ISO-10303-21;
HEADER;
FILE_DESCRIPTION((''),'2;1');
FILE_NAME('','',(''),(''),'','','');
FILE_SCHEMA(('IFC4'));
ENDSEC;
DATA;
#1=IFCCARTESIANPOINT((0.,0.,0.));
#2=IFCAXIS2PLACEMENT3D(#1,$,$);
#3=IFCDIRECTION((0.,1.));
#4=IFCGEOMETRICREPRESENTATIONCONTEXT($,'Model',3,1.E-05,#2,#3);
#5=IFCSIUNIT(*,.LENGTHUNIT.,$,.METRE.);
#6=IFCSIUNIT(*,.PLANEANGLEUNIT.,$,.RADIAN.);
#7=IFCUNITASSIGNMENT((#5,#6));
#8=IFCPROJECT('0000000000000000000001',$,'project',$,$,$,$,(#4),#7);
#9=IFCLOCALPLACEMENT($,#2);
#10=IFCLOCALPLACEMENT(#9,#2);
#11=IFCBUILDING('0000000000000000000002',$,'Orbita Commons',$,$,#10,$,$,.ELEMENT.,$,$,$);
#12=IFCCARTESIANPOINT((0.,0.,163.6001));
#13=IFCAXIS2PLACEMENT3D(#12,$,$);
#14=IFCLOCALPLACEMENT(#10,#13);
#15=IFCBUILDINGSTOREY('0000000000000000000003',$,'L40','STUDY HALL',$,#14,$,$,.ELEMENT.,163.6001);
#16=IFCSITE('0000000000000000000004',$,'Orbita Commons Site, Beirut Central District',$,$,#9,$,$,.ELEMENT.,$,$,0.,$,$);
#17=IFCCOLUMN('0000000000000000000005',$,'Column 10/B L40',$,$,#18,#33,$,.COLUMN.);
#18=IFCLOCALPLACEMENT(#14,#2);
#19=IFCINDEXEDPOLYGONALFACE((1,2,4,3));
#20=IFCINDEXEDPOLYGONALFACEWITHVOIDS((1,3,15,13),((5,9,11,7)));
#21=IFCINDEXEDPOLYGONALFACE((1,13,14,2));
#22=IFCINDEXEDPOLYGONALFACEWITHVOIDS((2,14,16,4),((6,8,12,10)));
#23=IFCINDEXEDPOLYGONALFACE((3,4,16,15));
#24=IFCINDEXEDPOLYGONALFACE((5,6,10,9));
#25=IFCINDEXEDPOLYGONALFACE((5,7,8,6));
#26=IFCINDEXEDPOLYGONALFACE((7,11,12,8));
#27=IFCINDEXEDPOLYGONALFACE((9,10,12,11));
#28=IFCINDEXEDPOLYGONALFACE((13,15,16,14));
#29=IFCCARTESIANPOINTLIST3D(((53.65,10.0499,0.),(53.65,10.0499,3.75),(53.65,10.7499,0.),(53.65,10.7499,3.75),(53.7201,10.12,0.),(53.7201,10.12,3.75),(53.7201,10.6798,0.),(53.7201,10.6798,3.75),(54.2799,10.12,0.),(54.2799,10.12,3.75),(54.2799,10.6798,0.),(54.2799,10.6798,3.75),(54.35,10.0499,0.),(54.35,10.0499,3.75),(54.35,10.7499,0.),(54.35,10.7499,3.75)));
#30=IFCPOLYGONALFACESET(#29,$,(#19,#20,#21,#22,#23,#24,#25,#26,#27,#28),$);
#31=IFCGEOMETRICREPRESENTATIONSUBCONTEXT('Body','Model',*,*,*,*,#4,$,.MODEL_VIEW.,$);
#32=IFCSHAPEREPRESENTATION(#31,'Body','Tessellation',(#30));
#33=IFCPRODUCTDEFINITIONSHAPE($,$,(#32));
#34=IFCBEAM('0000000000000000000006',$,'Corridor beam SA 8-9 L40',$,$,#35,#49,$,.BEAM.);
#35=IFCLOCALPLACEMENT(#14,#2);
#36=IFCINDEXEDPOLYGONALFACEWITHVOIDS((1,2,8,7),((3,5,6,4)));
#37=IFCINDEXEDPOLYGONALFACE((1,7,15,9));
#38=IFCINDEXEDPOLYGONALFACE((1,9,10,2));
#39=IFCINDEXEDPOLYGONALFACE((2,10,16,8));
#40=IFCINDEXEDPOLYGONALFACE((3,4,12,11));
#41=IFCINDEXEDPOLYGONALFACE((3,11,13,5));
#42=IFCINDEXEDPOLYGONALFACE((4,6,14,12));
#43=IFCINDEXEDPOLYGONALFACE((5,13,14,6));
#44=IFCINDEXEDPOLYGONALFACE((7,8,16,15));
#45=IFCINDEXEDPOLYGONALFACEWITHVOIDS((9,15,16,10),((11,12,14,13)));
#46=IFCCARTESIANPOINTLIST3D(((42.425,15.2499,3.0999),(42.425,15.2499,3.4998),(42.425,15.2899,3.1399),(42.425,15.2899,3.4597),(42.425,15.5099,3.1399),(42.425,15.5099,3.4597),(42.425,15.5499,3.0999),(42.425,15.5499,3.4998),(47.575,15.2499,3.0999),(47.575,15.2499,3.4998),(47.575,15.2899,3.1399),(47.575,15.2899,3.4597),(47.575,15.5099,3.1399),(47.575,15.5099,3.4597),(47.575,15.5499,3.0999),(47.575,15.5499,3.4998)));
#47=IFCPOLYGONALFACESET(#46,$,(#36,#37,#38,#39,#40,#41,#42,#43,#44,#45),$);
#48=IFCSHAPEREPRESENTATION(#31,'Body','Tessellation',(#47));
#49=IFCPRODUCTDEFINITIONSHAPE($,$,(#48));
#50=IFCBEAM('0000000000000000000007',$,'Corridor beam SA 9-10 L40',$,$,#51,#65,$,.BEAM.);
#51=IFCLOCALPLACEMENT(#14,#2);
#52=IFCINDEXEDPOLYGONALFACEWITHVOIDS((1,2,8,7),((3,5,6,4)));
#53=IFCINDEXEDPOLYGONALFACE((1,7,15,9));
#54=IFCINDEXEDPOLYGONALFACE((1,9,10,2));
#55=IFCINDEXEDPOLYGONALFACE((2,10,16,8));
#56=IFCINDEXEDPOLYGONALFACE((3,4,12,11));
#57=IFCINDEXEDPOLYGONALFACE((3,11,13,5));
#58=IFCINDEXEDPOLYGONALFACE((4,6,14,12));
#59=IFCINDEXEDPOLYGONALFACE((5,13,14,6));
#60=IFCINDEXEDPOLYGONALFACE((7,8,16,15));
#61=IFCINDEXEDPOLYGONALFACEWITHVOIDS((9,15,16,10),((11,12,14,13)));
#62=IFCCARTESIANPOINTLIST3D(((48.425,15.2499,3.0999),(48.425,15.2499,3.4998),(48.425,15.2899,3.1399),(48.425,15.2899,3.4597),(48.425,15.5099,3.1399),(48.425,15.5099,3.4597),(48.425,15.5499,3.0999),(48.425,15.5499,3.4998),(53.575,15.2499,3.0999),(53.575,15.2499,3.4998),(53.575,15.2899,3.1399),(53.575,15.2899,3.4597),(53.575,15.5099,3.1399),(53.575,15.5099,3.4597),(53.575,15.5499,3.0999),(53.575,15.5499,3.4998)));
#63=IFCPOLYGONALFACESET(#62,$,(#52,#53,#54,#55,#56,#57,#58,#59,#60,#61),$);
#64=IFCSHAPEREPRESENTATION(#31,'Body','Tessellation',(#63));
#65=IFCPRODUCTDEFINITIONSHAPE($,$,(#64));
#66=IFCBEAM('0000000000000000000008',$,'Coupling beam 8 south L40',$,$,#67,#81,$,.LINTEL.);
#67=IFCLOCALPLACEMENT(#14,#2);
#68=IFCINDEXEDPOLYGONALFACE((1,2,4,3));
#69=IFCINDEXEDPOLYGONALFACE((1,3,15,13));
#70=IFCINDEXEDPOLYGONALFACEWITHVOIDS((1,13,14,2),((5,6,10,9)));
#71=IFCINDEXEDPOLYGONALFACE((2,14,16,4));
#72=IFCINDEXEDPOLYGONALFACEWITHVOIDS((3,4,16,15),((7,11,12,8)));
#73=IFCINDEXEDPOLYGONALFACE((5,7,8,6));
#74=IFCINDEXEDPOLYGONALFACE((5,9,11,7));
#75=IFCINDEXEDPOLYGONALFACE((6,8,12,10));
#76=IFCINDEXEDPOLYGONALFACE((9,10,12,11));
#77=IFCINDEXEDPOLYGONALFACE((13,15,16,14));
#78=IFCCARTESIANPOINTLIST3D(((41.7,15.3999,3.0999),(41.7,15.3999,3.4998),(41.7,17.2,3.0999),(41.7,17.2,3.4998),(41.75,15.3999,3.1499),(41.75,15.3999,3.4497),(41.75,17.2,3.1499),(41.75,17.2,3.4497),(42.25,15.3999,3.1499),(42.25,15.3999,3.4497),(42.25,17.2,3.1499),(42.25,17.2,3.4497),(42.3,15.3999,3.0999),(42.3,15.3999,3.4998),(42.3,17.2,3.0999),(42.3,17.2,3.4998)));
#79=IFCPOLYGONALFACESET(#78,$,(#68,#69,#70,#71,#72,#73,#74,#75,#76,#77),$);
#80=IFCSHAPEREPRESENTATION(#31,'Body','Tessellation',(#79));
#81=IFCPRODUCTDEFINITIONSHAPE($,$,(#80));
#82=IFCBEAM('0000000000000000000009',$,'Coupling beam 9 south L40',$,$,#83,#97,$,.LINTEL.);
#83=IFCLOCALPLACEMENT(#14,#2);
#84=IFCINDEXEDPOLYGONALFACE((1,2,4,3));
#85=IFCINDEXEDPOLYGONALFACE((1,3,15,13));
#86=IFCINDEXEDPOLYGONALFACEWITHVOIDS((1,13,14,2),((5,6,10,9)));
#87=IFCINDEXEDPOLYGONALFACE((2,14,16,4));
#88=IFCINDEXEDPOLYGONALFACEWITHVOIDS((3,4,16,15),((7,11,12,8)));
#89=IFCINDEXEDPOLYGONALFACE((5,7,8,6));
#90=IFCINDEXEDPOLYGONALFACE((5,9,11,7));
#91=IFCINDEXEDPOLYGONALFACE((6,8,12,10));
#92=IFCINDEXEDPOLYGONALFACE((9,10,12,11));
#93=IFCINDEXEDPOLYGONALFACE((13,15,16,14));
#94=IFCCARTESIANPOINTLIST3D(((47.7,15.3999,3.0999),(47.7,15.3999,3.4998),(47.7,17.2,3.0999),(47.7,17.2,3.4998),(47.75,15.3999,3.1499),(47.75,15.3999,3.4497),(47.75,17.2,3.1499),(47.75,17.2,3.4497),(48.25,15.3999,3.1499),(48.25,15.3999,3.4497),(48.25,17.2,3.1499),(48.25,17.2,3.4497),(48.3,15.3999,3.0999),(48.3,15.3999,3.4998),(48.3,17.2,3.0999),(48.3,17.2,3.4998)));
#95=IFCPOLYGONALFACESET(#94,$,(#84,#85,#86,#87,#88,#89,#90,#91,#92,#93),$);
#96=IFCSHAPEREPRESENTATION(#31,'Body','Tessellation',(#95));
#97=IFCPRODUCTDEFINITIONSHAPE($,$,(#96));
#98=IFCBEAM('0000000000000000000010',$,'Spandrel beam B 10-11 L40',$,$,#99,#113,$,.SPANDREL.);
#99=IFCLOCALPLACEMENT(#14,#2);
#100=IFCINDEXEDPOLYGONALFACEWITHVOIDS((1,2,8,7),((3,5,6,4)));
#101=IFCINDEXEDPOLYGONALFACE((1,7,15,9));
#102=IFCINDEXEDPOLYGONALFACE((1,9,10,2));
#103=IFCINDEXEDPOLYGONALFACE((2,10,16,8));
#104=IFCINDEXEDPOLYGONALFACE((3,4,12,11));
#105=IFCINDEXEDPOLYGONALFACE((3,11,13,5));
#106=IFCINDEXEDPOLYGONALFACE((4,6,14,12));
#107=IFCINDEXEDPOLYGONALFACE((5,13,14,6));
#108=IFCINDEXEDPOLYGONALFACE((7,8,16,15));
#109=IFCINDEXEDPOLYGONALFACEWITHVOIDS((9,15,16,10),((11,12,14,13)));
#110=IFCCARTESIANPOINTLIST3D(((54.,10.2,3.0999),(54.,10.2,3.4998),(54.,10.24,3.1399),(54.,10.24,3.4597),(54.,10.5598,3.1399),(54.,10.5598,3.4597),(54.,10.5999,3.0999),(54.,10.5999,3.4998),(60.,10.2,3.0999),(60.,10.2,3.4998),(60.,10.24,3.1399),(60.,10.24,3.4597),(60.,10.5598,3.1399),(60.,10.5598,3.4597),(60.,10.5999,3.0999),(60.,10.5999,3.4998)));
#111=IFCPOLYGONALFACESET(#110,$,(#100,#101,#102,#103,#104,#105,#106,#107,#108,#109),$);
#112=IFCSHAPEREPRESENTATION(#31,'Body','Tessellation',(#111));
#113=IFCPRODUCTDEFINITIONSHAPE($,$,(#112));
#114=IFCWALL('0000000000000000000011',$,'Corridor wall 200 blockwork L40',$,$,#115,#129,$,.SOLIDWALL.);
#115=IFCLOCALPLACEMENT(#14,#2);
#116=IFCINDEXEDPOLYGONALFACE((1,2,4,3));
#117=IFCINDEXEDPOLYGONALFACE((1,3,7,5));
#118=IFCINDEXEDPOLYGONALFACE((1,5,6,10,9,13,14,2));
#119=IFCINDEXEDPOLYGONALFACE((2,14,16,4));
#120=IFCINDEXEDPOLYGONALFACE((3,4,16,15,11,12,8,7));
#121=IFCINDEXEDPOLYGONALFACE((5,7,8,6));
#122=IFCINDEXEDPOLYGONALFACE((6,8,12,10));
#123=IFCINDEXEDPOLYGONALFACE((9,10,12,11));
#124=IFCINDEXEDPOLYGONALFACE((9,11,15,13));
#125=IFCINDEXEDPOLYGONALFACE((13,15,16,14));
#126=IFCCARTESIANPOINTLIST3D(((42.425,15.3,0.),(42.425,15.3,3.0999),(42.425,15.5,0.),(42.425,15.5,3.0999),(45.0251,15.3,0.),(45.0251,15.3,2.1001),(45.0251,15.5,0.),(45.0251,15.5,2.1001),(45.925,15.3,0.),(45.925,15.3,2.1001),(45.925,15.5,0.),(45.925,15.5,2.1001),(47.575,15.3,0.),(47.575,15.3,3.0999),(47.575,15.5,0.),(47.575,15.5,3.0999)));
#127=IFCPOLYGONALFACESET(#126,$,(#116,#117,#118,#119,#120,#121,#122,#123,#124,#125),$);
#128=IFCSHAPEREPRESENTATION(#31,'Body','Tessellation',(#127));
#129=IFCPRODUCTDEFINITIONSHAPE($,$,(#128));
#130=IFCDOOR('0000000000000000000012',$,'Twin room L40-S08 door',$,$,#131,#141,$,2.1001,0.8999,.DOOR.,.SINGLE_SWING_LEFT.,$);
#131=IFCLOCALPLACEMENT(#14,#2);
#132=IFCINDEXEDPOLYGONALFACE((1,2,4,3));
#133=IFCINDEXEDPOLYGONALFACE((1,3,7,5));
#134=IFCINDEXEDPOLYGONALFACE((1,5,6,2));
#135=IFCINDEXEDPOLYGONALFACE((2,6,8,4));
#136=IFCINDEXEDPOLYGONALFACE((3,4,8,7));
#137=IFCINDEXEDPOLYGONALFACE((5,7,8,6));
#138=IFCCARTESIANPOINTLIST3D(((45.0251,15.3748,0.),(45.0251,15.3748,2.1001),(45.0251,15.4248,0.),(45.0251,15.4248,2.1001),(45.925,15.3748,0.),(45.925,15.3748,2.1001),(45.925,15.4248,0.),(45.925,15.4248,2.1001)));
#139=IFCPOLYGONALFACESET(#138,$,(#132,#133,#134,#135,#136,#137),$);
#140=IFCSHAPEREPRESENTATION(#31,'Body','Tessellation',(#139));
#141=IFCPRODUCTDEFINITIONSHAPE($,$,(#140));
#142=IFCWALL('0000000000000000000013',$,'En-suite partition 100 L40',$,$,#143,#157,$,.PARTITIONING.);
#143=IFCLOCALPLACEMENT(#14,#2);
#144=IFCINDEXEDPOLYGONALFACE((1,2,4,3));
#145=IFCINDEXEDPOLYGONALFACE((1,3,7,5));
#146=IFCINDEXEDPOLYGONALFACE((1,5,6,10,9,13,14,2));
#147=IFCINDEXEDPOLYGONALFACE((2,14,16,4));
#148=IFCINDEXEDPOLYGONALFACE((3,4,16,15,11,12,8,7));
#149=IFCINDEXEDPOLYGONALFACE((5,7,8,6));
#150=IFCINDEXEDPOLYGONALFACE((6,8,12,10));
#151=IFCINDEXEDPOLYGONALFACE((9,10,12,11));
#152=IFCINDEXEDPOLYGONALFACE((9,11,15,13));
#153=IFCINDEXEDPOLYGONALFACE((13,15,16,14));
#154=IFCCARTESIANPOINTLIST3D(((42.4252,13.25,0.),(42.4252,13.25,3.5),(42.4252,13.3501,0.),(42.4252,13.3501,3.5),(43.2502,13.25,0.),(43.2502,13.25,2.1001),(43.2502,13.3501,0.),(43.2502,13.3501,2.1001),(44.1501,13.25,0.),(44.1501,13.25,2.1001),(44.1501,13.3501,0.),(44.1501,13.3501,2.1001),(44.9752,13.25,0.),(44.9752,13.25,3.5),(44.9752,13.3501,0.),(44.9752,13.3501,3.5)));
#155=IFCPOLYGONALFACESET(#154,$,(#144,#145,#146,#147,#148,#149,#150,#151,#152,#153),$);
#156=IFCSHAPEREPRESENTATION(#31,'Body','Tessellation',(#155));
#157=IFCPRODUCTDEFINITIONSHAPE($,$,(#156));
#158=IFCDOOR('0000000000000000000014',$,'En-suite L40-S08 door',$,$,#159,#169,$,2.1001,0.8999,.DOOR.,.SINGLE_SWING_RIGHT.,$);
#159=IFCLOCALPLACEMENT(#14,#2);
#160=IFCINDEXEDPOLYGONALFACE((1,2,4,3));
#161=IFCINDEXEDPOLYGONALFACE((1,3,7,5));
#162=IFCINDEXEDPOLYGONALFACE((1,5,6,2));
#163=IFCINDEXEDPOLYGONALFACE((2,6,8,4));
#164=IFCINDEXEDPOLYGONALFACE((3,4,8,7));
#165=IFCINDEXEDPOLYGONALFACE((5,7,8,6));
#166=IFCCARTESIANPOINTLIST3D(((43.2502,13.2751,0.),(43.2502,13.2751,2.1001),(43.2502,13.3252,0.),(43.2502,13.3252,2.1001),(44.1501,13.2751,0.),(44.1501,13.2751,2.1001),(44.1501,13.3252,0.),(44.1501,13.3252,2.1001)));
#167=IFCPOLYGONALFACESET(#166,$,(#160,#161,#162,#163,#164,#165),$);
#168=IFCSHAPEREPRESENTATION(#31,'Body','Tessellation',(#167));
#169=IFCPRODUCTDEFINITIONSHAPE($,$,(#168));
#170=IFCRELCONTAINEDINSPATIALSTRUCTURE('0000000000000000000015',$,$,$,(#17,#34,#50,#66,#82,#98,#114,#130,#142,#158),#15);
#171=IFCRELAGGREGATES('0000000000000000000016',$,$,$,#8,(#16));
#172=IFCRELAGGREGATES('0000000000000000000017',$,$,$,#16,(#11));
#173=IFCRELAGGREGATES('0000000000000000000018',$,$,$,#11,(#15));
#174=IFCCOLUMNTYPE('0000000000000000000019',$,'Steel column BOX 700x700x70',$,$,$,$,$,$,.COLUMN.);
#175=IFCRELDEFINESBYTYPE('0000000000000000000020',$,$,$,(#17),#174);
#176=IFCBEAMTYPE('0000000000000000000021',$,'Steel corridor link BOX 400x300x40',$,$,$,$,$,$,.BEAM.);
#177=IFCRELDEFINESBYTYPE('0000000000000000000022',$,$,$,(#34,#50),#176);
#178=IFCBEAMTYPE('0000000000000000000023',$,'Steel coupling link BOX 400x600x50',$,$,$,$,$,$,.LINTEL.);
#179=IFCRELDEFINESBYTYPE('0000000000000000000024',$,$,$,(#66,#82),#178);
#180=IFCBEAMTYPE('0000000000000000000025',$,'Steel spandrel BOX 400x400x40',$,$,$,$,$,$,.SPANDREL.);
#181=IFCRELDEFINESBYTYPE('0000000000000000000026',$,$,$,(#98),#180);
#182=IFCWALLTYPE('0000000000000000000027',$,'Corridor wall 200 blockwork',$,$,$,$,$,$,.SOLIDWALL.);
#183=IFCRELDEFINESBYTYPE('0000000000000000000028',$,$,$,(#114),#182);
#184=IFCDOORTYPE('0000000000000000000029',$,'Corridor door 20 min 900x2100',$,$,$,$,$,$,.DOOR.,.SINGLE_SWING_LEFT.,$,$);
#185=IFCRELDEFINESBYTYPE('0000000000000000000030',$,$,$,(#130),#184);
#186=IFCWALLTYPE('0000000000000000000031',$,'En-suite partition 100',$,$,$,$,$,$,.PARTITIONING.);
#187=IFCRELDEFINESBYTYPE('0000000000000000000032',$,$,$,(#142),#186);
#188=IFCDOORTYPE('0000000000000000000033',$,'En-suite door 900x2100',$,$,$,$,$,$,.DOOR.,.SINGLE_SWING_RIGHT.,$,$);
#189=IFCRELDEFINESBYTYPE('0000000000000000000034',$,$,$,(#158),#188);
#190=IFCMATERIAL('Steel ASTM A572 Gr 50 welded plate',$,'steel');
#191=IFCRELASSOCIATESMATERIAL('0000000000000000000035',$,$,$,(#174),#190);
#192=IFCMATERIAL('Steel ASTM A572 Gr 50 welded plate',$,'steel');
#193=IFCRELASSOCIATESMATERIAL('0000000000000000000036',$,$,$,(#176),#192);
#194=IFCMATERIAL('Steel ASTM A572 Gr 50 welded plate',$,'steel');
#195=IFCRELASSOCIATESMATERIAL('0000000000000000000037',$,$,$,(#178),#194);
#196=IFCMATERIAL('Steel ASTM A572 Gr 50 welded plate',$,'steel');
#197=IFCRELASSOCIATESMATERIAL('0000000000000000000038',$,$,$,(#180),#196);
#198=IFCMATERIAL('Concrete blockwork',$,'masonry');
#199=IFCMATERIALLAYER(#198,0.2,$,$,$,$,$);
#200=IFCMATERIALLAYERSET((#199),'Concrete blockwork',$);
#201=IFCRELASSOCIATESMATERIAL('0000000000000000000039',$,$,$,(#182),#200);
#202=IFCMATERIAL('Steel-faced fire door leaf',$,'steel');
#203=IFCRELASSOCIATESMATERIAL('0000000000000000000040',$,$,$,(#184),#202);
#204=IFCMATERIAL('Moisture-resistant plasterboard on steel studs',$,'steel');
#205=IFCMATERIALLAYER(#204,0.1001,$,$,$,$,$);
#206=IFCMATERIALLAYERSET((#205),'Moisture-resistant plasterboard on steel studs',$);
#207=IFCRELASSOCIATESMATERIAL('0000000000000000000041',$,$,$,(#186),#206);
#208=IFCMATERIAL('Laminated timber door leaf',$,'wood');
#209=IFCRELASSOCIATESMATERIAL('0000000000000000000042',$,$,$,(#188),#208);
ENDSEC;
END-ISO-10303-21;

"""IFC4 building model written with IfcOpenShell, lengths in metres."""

from ifc_helpers import new_model, si_unit, direction, frame, frame_2d, origin, origin_2d, place, context, subcontext, project, spatial, polyline, rectangle, hollow_rectangle, outline, extrude, material, layer, layer_set, material_profile, profile_set, type_object, element, fill, save


model = new_model("IFC4")

# Units and contexts
model_context = context("Model", 3, precision=1e-05, world=origin(), true_north=direction((0.0, 1.0)))
body_context = subcontext(model_context, "Body", "Model", "MODEL_VIEW")
ifc_project = project(units=[si_unit("LENGTHUNIT", "METRE"), si_unit("PLANEANGLEUNIT", "RADIAN")], contexts=[model_context])

# Site, building, storey
site_placement = place(None, origin())
site = spatial("IfcSite", under=ifc_project, at=site_placement, Name="Orbita Commons Site, Beirut Central District", CompositionType="ELEMENT", RefElevation=0.0)
building_placement = place(site_placement, origin())
building = spatial("IfcBuilding", under=site, at=building_placement, Name="Orbita Commons", CompositionType="ELEMENT")
storey_placement = place(building_placement, frame((0.0, 0.0, 163.6001)))
storey = spatial("IfcBuildingStorey", under=building, at=storey_placement, Name="L40", Description="STUDY HALL", CompositionType="ELEMENT", Elevation=163.6001)

# Column
ifc_material_1 = material(Name="Steel ASTM A572 Gr 50 welded plate", Category="steel")
ifc_material_profile_1 = material_profile(ifc_material_1, hollow_rectangle(XDim=0.7, YDim=0.7, WallThickness=0.0701, at=origin_2d()), Name="BOX 700x700x70")
ifc_profile_set_1 = profile_set([ifc_material_profile_1], Name="Steel ASTM A572 Gr 50 welded plate")
column_type = type_object("IfcColumnType", Name="Steel column BOX 700x700x70", PredefinedType="COLUMN", material=ifc_profile_set_1)
column_placement = place(storey_placement, frame((54.0, 10.3999, 0.0), z_axis=(0.0, 0.0, 1.0), x_axis=(1.0, 0.0, 0.0)))
element("IfcColumn", 1, at=column_placement, inside=storey, type_object=column_type, Name="Column 10/B L40", PredefinedType="COLUMN", context=body_context, shape_type="SweptSolid", body=[
    extrude(hollow_rectangle(XDim=0.7, YDim=0.7, WallThickness=0.0701, at=origin_2d()), origin(), (0.0, 0.0, 1.0), 3.75),
])

# Beams
ifc_material_2 = material(Name="Steel ASTM A572 Gr 50 welded plate", Category="steel")
ifc_material_profile_2 = material_profile(ifc_material_2, hollow_rectangle(XDim=0.3, YDim=0.3999, WallThickness=0.04, at=origin_2d()), Name="BOX 400x300x40")
ifc_profile_set_2 = profile_set([ifc_material_profile_2], Name="Steel ASTM A572 Gr 50 welded plate")
beam_type_1 = type_object("IfcBeamType", Name="Steel corridor link BOX 400x300x40", PredefinedType="BEAM", material=ifc_profile_set_2)
for number, where, z_axis, x_axis, name in (
    (2, (42.425, 15.3999, 3.2998), (1.0, 0.0, 0.0), (0.0, 1.0, 0.0), "Corridor beam SA 8-9 L40"),
    (3, (48.425, 15.3999, 3.2998), (1.0, 0.0, 0.0), (0.0, 1.0, 0.0), "Corridor beam SA 9-10 L40"),
):
    element("IfcBeam", number, at=place(storey_placement, frame(where, z_axis=z_axis, x_axis=x_axis)), inside=storey, type_object=beam_type_1, Name=name, PredefinedType="BEAM", context=body_context, shape_type="SweptSolid", body=[
        extrude(hollow_rectangle(XDim=0.3, YDim=0.3999, WallThickness=0.04, at=origin_2d()), origin(), (0.0, 0.0, 1.0), 5.1499),
    ])
ifc_material_3 = material(Name="Steel ASTM A572 Gr 50 welded plate", Category="steel")
ifc_material_profile_3 = material_profile(ifc_material_3, hollow_rectangle(XDim=0.6001, YDim=0.3999, WallThickness=0.05, at=origin_2d()), Name="BOX 400x600x50")
ifc_profile_set_3 = profile_set([ifc_material_profile_3], Name="Steel ASTM A572 Gr 50 welded plate")
beam_type_2 = type_object("IfcBeamType", Name="Steel coupling link BOX 400x600x50", PredefinedType="LINTEL", material=ifc_profile_set_3)
for number, where, z_axis, x_axis, name in (
    (4, (42.0, 15.3999, 3.2998), (0.0, 1.0, 0.0), (-1.0, 0.0, 0.0), "Coupling beam 8 south L40"),
    (5, (48.0, 15.3999, 3.2998), (0.0, 1.0, 0.0), (-1.0, 0.0, 0.0), "Coupling beam 9 south L40"),
):
    element("IfcBeam", number, at=place(storey_placement, frame(where, z_axis=z_axis, x_axis=x_axis)), inside=storey, type_object=beam_type_2, Name=name, PredefinedType="LINTEL", context=body_context, shape_type="SweptSolid", body=[
        extrude(hollow_rectangle(XDim=0.6001, YDim=0.3999, WallThickness=0.05, at=origin_2d()), origin(), (0.0, 0.0, 1.0), 1.8),
    ])
ifc_material_4 = material(Name="Steel ASTM A572 Gr 50 welded plate", Category="steel")
ifc_material_profile_4 = material_profile(ifc_material_4, hollow_rectangle(XDim=0.3999, YDim=0.3999, WallThickness=0.04, at=origin_2d()), Name="BOX 400x400x40")
ifc_profile_set_4 = profile_set([ifc_material_profile_4], Name="Steel ASTM A572 Gr 50 welded plate")
beam_type_3 = type_object("IfcBeamType", Name="Steel spandrel BOX 400x400x40", PredefinedType="SPANDREL", material=ifc_profile_set_4)
beam_placement = place(storey_placement, frame((54.0, 10.3999, 3.2998), z_axis=(1.0, 0.0, 0.0), x_axis=(0.0, 1.0, 0.0)))
element("IfcBeam", 6, at=beam_placement, inside=storey, type_object=beam_type_3, Name="Spandrel beam B 10-11 L40", PredefinedType="SPANDREL", context=body_context, shape_type="SweptSolid", body=[
    extrude(hollow_rectangle(XDim=0.3999, YDim=0.3999, WallThickness=0.04, at=origin_2d()), origin(), (0.0, 0.0, 1.0), 6.0),
])

# Walls, openings, doors
ifc_material_5 = material(Name="Concrete blockwork", Category="masonry")
ifc_layer_1 = layer(ifc_material_5, 0.2)
ifc_layer_set_1 = layer_set([ifc_layer_1], Name="Concrete blockwork")
wall_type_1 = type_object("IfcWallType", Name="Corridor wall 200 blockwork", PredefinedType="SOLIDWALL", material=ifc_layer_set_1)
wall_1_placement = place(storey_placement, frame((42.425, 15.3999, 0.0), z_axis=(0.0, 0.0, 1.0), x_axis=(1.0, 0.0, 0.0)))
wall_1 = element("IfcWall", 7, at=wall_1_placement, inside=storey, type_object=wall_type_1, Name="Corridor wall 200 blockwork L40", PredefinedType="SOLIDWALL", context=body_context, shape_type="SweptSolid", body=[
    extrude(outline(polyline([(0.0, 0.0), (5.1499, 0.0), (5.1499, 3.0999), (0.0, 3.0999), (0.0, 0.0)])), frame((0.0, 0.1001, 0.0), z_axis=(0.0, -1.0, 0.0), x_axis=(1.0, 0.0, 0.0)), (0.0, 0.0, 1.0), 0.2),
])
opening_1_placement = place(wall_1_placement, frame((2.6001, 0.0, 0.0)))
opening_1 = element("IfcOpeningElement", 8, at=opening_1_placement, cuts=wall_1, PredefinedType="OPENING", context=body_context, shape_type="SweptSolid", body=[
    extrude(rectangle(XDim=0.8999, YDim=2.1001, at=frame_2d((0.45, 1.05))), frame((0.0, 0.1099, 0.0), z_axis=(0.0, -1.0, 0.0), x_axis=(1.0, 0.0, 0.0)), (0.0, 0.0, 1.0), 0.22),
])
ifc_material_6 = material(Name="Steel-faced fire door leaf", Category="steel")
door_type_1 = type_object("IfcDoorType", Name="Corridor door 20 min 900x2100", OperationType="SINGLE_SWING_LEFT", PredefinedType="DOOR", material=ifc_material_6)
door_1_placement = place(opening_1_placement, origin())
door_1 = element("IfcDoor", 9, at=door_1_placement, inside=storey, type_object=door_type_1, Name="Twin room L40-S08 door", OperationType="SINGLE_SWING_LEFT", OverallHeight=2.1001, OverallWidth=0.8999, PredefinedType="DOOR", context=body_context, shape_type="SweptSolid", body=[
    extrude(rectangle(XDim=0.8999, YDim=2.1001, at=frame_2d((0.45, 1.05))), frame((0.0, 0.0249, 0.0), z_axis=(0.0, -1.0, 0.0), x_axis=(1.0, 0.0, 0.0)), (0.0, 0.0, 1.0), 0.05),
])
fill(opening_1, door_1)
ifc_material_7 = material(Name="Moisture-resistant plasterboard on steel studs", Category="steel")
ifc_layer_2 = layer(ifc_material_7, 0.1001)
ifc_layer_set_2 = layer_set([ifc_layer_2], Name="Moisture-resistant plasterboard on steel studs")
wall_type_2 = type_object("IfcWallType", Name="En-suite partition 100", PredefinedType="PARTITIONING", material=ifc_layer_set_2)
wall_2_placement = place(storey_placement, frame((44.9751, 13.3, 0.0), z_axis=(0.0, 0.0, 1.0), x_axis=(-1.0, 0.0, 0.0)))
wall_2 = element("IfcWall", 10, at=wall_2_placement, inside=storey, type_object=wall_type_2, Name="En-suite partition 100 L40", PredefinedType="PARTITIONING", context=body_context, shape_type="SweptSolid", body=[
    extrude(rectangle(XDim=2.55, YDim=0.1001, at=frame_2d((1.2749, 0.0))), origin(), (0.0, 0.0, 1.0), 3.5),
])
opening_2_placement = place(wall_2_placement, frame((0.825, 0.0, 0.0)))
opening_2 = element("IfcOpeningElement", 11, at=opening_2_placement, cuts=wall_2, PredefinedType="OPENING", context=body_context, shape_type="SweptSolid", body=[
    extrude(rectangle(XDim=0.8999, YDim=2.1001, at=frame_2d((0.45, 1.05))), frame((0.0, 0.0601, 0.0), z_axis=(0.0, -1.0, 0.0), x_axis=(1.0, 0.0, 0.0)), (0.0, 0.0, 1.0), 0.1201),
])
ifc_material_8 = material(Name="Laminated timber door leaf", Category="wood")
door_type_2 = type_object("IfcDoorType", Name="En-suite door 900x2100", OperationType="SINGLE_SWING_RIGHT", PredefinedType="DOOR", material=ifc_material_8)
door_2_placement = place(opening_2_placement, origin())
door_2 = element("IfcDoor", 12, at=door_2_placement, inside=storey, type_object=door_type_2, Name="En-suite L40-S08 door", OperationType="SINGLE_SWING_RIGHT", OverallHeight=2.1001, OverallWidth=0.8999, PredefinedType="DOOR", context=body_context, shape_type="SweptSolid", body=[
    extrude(rectangle(XDim=0.8999, YDim=2.1001, at=frame_2d((0.45, 1.05))), frame((0.0, 0.0249, 0.0), z_axis=(0.0, -1.0, 0.0), x_axis=(1.0, 0.0, 0.0)), (0.0, 0.0, 1.0), 0.05),
])
fill(opening_2, door_2)

save(model, "model.ifc")
